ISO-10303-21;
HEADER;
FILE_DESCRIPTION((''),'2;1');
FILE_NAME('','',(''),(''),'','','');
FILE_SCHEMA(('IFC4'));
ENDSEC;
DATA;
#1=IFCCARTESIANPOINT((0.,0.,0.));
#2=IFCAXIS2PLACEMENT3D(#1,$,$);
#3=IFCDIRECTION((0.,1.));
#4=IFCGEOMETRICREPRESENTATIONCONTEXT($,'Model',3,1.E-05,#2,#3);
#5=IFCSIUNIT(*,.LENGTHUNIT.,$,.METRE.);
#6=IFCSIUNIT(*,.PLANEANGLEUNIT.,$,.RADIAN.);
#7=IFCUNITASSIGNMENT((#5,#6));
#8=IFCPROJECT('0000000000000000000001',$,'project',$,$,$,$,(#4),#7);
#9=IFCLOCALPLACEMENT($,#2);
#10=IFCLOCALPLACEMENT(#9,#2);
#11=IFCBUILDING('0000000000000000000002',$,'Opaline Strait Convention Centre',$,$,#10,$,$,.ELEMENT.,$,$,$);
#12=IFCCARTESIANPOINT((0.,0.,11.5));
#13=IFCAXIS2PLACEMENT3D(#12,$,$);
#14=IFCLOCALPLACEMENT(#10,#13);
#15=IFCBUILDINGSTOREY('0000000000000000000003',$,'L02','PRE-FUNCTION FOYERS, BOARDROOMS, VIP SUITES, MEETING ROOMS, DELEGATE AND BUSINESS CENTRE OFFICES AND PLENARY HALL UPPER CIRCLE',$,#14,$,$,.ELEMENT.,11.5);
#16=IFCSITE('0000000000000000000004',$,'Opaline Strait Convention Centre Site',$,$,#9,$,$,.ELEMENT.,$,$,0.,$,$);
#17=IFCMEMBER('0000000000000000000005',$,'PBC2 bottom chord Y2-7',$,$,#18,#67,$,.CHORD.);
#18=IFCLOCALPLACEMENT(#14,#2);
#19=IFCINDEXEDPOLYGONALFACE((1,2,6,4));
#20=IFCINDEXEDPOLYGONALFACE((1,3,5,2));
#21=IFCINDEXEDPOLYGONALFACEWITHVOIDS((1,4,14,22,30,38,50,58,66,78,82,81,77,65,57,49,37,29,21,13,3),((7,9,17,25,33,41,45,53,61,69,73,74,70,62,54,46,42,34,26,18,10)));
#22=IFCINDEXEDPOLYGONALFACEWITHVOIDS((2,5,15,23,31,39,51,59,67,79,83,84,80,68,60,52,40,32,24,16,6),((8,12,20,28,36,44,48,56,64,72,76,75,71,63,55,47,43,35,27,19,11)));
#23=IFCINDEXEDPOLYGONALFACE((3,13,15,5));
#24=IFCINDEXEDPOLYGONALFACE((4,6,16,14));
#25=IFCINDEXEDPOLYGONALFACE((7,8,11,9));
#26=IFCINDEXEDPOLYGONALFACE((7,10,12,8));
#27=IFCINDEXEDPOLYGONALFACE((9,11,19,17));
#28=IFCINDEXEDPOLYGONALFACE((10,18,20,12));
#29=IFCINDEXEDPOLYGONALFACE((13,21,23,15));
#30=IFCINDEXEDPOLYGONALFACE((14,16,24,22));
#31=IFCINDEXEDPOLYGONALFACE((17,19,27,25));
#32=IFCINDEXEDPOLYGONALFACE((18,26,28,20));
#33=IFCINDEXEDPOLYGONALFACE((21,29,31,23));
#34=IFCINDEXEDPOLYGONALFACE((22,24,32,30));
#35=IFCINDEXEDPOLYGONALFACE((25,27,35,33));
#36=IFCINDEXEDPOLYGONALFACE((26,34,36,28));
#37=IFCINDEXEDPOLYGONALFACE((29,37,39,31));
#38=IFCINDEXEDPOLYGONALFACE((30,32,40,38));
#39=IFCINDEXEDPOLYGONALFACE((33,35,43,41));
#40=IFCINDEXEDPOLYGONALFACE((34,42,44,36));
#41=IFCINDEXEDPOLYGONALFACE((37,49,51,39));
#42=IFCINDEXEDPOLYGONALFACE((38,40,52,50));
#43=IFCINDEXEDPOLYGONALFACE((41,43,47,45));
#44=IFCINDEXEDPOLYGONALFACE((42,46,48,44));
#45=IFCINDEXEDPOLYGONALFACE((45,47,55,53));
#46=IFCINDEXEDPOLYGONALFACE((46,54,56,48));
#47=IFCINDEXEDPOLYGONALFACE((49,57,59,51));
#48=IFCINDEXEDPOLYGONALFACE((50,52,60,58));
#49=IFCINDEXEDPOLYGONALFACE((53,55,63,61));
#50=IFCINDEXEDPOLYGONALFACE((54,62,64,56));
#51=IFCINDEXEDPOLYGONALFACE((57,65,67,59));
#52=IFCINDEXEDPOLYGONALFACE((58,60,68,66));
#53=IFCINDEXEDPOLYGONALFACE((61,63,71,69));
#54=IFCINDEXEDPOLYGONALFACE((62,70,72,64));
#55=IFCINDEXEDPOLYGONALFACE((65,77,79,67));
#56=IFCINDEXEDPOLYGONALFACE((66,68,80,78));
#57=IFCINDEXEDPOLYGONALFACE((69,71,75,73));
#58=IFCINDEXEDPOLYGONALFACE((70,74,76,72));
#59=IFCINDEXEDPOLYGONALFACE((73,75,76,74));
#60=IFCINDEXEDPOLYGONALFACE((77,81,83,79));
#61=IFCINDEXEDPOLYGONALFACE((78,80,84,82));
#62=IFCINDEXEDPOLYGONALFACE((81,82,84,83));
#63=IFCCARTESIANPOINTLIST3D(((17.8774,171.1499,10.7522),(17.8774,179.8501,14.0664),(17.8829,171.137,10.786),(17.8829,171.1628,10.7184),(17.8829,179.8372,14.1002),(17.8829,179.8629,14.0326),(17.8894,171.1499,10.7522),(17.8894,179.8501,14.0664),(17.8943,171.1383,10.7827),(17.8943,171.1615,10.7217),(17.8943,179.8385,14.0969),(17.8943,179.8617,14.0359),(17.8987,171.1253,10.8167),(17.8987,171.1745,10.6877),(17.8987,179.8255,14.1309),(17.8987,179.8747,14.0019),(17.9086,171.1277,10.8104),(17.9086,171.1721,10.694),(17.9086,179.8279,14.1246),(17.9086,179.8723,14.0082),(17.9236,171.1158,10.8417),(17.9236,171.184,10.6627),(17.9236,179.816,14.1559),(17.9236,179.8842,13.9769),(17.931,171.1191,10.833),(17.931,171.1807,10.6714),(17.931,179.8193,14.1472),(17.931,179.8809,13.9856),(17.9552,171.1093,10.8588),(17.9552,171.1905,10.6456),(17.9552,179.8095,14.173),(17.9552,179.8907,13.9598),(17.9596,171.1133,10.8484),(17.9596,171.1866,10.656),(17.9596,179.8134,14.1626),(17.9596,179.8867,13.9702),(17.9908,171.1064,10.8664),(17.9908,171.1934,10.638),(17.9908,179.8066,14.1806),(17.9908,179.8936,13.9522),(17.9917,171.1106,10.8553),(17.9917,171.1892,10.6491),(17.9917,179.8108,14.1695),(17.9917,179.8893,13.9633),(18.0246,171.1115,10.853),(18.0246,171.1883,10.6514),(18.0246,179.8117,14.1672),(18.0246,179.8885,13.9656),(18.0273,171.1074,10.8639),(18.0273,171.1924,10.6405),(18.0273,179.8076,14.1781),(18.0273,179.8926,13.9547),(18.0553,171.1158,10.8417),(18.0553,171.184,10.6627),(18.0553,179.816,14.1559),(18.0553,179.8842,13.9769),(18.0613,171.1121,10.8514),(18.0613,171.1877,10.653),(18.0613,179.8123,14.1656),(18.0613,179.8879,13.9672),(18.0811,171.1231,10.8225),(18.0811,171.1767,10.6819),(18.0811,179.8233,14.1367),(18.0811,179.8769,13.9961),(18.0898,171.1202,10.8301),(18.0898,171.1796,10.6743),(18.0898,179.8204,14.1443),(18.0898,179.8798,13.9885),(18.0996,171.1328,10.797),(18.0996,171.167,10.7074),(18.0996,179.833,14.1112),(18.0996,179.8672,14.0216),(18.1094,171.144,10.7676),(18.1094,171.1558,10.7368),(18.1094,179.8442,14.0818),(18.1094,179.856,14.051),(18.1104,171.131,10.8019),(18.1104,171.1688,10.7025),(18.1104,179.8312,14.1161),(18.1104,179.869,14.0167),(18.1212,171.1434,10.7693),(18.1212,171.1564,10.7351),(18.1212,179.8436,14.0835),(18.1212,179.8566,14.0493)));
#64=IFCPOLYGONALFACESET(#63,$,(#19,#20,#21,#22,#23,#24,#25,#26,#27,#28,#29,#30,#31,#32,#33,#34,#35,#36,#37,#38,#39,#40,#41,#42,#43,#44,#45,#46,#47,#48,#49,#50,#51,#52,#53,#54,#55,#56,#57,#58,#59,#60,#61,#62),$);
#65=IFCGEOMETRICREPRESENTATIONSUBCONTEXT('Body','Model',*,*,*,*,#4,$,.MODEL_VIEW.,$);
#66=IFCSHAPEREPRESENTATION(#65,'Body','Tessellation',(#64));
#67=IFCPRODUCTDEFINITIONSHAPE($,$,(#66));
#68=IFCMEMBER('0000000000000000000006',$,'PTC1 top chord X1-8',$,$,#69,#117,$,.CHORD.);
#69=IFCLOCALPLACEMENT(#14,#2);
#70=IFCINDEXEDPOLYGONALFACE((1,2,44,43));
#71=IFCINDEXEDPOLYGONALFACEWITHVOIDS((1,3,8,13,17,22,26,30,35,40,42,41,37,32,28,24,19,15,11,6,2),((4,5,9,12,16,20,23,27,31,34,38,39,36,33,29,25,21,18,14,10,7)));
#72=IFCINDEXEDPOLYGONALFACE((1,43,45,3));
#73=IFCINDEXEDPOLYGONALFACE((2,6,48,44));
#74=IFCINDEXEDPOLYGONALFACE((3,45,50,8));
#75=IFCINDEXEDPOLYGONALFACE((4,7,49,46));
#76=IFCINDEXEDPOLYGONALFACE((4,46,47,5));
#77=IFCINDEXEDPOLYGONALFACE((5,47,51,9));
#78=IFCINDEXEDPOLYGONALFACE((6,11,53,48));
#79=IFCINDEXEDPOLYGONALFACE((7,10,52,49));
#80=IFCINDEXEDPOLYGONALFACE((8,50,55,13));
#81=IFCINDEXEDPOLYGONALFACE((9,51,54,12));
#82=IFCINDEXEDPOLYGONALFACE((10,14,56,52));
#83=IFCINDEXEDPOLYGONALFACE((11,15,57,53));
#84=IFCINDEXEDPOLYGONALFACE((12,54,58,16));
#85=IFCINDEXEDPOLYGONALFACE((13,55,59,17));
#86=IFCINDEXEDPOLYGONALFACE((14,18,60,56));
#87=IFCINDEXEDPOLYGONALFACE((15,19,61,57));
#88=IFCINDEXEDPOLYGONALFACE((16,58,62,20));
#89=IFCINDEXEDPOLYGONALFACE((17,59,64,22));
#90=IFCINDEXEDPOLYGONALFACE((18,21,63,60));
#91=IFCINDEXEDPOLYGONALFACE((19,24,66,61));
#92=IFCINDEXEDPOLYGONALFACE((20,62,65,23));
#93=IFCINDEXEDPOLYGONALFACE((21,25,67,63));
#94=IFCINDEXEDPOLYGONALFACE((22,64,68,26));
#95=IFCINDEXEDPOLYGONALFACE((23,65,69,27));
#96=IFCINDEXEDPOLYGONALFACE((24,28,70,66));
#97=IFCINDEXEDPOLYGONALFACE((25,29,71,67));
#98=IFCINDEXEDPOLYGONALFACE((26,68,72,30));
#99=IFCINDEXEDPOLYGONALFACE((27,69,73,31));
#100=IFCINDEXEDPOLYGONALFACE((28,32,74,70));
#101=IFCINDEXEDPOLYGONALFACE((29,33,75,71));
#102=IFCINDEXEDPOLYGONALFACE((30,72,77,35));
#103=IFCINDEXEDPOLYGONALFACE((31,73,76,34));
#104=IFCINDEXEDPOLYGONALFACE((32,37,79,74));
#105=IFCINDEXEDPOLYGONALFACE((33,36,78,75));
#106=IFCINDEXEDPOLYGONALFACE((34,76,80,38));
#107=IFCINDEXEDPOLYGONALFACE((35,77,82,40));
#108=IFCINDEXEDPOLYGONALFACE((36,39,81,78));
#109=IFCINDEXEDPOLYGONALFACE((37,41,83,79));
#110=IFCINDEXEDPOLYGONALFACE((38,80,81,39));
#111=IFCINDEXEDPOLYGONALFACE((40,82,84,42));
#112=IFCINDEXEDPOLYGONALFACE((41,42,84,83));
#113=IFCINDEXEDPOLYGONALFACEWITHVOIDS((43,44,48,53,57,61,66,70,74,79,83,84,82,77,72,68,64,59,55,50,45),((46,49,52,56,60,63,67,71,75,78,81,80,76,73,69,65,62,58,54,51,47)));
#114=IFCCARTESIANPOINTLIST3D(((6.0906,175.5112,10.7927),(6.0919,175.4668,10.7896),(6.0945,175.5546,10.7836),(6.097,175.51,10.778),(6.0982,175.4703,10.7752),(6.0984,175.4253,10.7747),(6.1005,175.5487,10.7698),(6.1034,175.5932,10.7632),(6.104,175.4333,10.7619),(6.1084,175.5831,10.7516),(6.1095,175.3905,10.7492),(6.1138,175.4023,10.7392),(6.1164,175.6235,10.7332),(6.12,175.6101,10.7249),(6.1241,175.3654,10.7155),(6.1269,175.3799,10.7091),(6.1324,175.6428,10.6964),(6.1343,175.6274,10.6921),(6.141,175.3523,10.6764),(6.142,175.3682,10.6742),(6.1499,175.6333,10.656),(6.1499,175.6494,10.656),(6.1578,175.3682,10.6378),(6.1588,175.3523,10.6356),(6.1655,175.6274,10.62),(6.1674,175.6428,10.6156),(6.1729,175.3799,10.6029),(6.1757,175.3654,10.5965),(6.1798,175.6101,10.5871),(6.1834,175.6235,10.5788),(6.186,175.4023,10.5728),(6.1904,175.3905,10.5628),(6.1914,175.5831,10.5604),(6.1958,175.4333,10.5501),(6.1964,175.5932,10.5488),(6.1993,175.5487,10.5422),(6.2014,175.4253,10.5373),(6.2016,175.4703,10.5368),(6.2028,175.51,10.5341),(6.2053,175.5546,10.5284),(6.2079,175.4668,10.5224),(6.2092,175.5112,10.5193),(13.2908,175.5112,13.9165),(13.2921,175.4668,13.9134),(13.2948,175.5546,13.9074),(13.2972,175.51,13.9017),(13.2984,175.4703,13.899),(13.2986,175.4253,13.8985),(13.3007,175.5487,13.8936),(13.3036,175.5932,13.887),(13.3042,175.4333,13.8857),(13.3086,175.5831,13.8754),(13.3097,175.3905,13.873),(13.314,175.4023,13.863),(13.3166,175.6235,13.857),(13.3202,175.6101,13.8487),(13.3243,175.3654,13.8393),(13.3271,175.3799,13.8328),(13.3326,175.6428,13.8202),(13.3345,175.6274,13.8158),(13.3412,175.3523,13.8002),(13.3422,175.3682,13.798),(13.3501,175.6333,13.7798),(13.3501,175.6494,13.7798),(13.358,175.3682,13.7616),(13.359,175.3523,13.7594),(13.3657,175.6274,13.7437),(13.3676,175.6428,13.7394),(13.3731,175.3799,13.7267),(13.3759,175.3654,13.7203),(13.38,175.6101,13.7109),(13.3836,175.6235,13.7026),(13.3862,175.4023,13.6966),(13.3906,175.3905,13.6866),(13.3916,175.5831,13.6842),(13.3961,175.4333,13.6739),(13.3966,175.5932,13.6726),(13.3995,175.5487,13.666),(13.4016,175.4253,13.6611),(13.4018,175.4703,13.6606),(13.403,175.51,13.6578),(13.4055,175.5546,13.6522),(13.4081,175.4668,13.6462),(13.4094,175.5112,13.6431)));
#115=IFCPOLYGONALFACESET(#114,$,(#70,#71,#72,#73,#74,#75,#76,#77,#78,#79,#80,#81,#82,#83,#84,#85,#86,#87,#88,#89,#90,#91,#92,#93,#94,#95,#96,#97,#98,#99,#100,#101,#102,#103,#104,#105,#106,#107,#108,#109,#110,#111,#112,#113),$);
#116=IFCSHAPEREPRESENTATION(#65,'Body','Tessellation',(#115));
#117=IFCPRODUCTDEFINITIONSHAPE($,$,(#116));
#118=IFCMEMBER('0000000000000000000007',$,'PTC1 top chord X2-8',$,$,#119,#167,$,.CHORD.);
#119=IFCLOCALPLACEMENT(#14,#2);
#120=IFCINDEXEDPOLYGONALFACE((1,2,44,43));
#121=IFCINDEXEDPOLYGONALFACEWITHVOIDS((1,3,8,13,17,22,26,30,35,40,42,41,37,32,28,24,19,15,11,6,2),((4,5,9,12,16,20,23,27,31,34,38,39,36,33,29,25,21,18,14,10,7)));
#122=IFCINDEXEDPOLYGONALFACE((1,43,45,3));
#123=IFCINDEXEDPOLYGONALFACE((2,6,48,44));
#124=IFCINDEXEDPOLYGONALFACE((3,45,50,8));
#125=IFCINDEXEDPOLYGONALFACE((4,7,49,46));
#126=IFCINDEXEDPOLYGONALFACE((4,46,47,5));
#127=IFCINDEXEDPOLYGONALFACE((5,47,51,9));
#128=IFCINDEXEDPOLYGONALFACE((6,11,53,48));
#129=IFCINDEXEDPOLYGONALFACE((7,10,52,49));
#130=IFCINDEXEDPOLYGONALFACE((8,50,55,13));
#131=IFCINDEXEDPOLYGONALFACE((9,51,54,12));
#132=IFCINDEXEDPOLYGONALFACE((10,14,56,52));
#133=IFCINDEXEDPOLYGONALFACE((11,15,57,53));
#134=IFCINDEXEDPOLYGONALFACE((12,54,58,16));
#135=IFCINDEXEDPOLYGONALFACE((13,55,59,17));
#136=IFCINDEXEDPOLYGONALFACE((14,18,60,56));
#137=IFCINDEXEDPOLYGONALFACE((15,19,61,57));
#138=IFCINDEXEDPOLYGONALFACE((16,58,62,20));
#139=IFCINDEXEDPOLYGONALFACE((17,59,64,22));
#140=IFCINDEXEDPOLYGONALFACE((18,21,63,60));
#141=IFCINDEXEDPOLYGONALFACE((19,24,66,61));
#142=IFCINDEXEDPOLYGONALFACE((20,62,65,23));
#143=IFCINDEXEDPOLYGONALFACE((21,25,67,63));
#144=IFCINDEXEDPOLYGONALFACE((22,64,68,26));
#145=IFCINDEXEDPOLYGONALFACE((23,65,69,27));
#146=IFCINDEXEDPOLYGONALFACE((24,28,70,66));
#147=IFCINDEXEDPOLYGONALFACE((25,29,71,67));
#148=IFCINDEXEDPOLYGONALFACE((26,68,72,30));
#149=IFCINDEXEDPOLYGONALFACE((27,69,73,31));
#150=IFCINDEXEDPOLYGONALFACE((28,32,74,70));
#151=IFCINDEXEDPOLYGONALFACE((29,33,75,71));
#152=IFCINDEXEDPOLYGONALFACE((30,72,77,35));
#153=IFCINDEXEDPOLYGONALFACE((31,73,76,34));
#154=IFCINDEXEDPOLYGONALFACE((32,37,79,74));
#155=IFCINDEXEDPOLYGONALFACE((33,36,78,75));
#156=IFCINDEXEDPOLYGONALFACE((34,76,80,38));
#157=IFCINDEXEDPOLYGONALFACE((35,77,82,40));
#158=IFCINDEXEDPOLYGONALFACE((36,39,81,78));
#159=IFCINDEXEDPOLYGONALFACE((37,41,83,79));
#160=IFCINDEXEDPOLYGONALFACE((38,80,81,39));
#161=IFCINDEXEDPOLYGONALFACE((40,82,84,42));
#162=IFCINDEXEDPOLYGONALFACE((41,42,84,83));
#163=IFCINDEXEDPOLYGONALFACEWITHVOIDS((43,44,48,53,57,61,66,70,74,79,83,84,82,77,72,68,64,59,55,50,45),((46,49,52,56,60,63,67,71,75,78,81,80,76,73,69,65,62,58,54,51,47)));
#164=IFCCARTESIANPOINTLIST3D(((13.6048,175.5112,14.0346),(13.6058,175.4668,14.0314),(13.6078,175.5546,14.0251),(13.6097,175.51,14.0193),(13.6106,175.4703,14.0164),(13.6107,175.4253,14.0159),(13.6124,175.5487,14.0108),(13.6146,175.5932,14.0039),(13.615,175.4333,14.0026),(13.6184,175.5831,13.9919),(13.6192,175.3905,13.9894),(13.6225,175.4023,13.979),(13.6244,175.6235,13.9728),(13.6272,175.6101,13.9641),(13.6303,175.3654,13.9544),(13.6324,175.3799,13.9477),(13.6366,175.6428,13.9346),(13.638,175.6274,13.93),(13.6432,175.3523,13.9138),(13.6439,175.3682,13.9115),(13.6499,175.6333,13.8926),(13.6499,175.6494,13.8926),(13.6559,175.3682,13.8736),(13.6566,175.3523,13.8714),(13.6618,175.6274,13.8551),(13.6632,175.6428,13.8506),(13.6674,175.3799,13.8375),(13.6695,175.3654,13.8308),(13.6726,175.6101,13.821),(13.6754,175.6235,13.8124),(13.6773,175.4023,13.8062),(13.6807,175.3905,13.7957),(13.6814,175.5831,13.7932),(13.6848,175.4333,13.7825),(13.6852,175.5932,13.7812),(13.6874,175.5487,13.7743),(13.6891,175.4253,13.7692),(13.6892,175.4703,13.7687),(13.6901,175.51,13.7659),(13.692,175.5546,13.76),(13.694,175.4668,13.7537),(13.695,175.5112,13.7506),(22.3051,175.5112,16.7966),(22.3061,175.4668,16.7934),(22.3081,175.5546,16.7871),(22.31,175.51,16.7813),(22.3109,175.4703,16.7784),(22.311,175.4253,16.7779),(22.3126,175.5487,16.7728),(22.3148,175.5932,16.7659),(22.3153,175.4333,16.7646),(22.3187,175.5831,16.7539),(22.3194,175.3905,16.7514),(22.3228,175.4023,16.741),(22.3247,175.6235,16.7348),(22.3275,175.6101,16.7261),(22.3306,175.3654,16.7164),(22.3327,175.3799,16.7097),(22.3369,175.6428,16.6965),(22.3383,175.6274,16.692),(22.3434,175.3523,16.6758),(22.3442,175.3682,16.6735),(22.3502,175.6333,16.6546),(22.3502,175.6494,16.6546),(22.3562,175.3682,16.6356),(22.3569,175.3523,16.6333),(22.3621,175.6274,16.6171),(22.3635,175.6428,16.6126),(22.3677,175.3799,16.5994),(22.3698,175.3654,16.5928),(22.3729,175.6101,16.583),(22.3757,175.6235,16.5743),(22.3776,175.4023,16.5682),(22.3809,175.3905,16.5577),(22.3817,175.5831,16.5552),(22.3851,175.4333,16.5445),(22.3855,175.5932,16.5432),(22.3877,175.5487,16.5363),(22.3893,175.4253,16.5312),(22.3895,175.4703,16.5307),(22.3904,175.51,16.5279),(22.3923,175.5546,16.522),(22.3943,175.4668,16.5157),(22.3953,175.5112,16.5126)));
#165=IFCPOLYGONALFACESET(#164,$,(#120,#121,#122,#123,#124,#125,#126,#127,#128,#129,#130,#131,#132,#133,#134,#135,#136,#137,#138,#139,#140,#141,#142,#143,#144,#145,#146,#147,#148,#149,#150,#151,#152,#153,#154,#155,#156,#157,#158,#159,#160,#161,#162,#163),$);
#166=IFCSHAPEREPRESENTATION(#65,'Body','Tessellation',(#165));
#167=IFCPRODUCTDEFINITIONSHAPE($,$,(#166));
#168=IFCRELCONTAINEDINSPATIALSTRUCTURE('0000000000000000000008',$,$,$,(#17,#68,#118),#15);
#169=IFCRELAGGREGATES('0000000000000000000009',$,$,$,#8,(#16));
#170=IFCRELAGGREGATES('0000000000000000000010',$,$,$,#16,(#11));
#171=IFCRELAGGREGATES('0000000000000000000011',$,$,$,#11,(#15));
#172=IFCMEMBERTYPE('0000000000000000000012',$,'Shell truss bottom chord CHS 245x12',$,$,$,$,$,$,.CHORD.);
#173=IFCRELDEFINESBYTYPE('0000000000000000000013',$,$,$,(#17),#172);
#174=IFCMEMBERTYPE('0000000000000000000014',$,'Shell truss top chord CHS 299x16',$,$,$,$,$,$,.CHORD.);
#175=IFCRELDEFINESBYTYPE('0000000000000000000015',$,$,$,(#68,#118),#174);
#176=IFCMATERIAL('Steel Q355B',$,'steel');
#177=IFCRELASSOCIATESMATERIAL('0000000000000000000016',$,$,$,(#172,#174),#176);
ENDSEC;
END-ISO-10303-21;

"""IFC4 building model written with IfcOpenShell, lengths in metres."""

from ifc_helpers import new_model, si_unit, direction, frame, origin, origin_2d, place, context, subcontext, project, spatial, hollow_circle, extrude, material, material_profile, profile_set, type_object, element, save


model = new_model("IFC4")

# Units and contexts
model_context = context("Model", 3, precision=1e-05, world=origin(), true_north=direction((0.0, 1.0)))
body_context = subcontext(model_context, "Body", "Model", "MODEL_VIEW")
ifc_project = project(units=[si_unit("LENGTHUNIT", "METRE"), si_unit("PLANEANGLEUNIT", "RADIAN")], contexts=[model_context])

# Site, building, storey
site_placement = place(None, origin())
site = spatial("IfcSite", under=ifc_project, at=site_placement, Name="Opaline Strait Convention Centre Site", CompositionType="ELEMENT", RefElevation=0.0)
building_placement = place(site_placement, origin())
building = spatial("IfcBuilding", under=site, at=building_placement, Name="Opaline Strait Convention Centre", CompositionType="ELEMENT")
storey_placement = place(building_placement, frame((0.0, 0.0, 11.5)))
storey = spatial("IfcBuildingStorey", under=building, at=storey_placement, Name="L02", Description="PRE-FUNCTION FOYERS, BOARDROOMS, VIP SUITES, MEETING ROOMS, DELEGATE AND BUSINESS CENTRE OFFICES AND PLENARY HALL UPPER CIRCLE", CompositionType="ELEMENT", Elevation=11.5)

# Members
ifc_material_1 = material(Name="Steel Q355B", Category="steel")
ifc_material_profile_1 = material_profile(ifc_material_1, hollow_circle(Radius=0.1226, WallThickness=0.012, at=origin_2d()), Name="CHS 245x12")
ifc_profile_set_1 = profile_set([ifc_material_profile_1], Name="Steel Q355B")
member_type_1 = type_object("IfcMemberType", Name="Shell truss bottom chord CHS 245x12", PredefinedType="CHORD", material=ifc_profile_set_1)
member_1_placement = place(storey_placement, frame((18.0, 171.1499, 10.7522), z_axis=(0.0, 0.934493, 0.355981), x_axis=(-1.0, 0.0, 0.0)))
element("IfcMember", 1, at=member_1_placement, inside=storey, type_object=member_type_1, Name="PBC2 bottom chord Y2-7", PredefinedType="CHORD", context=body_context, shape_type="SweptSolid", body=[
    extrude(hollow_circle(Radius=0.1226, WallThickness=0.012, at=origin_2d()), origin(), (0.0, 0.0, 1.0), 9.3101),
])
ifc_material_profile_2 = material_profile(ifc_material_1, hollow_circle(Radius=0.1494, WallThickness=0.0161, at=origin_2d()), Name="CHS 299x16")
ifc_profile_set_2 = profile_set([ifc_material_profile_2], Name="Steel Q355B")
member_type_2 = type_object("IfcMemberType", Name="Shell truss top chord CHS 299x16", PredefinedType="CHORD", material=ifc_profile_set_2)
member_2_placement = place(storey_placement, frame((6.1499, 175.5, 10.656), z_axis=(0.917384, 0.0, 0.398004), x_axis=(0.0, 1.0, 0.0)))
element("IfcMember", 2, at=member_2_placement, inside=storey, type_object=member_type_2, Name="PTC1 top chord X1-8", PredefinedType="CHORD", context=body_context, shape_type="SweptSolid", body=[
    extrude(hollow_circle(Radius=0.1494, WallThickness=0.0161, at=origin_2d()), origin(), (0.0, 0.0, 1.0), 7.8486),
])
member_3_placement = place(storey_placement, frame((13.6499, 175.5, 13.8926), z_axis=(0.953124, 0.0, 0.302579), x_axis=(0.0, 1.0, 0.0)))
element("IfcMember", 3, at=member_3_placement, inside=storey, type_object=member_type_2, Name="PTC1 top chord X2-8", PredefinedType="CHORD", context=body_context, shape_type="SweptSolid", body=[
    extrude(hollow_circle(Radius=0.1494, WallThickness=0.0161, at=origin_2d()), origin(), (0.0, 0.0, 1.0), 9.1282),
])

save(model, "model.ifc")
